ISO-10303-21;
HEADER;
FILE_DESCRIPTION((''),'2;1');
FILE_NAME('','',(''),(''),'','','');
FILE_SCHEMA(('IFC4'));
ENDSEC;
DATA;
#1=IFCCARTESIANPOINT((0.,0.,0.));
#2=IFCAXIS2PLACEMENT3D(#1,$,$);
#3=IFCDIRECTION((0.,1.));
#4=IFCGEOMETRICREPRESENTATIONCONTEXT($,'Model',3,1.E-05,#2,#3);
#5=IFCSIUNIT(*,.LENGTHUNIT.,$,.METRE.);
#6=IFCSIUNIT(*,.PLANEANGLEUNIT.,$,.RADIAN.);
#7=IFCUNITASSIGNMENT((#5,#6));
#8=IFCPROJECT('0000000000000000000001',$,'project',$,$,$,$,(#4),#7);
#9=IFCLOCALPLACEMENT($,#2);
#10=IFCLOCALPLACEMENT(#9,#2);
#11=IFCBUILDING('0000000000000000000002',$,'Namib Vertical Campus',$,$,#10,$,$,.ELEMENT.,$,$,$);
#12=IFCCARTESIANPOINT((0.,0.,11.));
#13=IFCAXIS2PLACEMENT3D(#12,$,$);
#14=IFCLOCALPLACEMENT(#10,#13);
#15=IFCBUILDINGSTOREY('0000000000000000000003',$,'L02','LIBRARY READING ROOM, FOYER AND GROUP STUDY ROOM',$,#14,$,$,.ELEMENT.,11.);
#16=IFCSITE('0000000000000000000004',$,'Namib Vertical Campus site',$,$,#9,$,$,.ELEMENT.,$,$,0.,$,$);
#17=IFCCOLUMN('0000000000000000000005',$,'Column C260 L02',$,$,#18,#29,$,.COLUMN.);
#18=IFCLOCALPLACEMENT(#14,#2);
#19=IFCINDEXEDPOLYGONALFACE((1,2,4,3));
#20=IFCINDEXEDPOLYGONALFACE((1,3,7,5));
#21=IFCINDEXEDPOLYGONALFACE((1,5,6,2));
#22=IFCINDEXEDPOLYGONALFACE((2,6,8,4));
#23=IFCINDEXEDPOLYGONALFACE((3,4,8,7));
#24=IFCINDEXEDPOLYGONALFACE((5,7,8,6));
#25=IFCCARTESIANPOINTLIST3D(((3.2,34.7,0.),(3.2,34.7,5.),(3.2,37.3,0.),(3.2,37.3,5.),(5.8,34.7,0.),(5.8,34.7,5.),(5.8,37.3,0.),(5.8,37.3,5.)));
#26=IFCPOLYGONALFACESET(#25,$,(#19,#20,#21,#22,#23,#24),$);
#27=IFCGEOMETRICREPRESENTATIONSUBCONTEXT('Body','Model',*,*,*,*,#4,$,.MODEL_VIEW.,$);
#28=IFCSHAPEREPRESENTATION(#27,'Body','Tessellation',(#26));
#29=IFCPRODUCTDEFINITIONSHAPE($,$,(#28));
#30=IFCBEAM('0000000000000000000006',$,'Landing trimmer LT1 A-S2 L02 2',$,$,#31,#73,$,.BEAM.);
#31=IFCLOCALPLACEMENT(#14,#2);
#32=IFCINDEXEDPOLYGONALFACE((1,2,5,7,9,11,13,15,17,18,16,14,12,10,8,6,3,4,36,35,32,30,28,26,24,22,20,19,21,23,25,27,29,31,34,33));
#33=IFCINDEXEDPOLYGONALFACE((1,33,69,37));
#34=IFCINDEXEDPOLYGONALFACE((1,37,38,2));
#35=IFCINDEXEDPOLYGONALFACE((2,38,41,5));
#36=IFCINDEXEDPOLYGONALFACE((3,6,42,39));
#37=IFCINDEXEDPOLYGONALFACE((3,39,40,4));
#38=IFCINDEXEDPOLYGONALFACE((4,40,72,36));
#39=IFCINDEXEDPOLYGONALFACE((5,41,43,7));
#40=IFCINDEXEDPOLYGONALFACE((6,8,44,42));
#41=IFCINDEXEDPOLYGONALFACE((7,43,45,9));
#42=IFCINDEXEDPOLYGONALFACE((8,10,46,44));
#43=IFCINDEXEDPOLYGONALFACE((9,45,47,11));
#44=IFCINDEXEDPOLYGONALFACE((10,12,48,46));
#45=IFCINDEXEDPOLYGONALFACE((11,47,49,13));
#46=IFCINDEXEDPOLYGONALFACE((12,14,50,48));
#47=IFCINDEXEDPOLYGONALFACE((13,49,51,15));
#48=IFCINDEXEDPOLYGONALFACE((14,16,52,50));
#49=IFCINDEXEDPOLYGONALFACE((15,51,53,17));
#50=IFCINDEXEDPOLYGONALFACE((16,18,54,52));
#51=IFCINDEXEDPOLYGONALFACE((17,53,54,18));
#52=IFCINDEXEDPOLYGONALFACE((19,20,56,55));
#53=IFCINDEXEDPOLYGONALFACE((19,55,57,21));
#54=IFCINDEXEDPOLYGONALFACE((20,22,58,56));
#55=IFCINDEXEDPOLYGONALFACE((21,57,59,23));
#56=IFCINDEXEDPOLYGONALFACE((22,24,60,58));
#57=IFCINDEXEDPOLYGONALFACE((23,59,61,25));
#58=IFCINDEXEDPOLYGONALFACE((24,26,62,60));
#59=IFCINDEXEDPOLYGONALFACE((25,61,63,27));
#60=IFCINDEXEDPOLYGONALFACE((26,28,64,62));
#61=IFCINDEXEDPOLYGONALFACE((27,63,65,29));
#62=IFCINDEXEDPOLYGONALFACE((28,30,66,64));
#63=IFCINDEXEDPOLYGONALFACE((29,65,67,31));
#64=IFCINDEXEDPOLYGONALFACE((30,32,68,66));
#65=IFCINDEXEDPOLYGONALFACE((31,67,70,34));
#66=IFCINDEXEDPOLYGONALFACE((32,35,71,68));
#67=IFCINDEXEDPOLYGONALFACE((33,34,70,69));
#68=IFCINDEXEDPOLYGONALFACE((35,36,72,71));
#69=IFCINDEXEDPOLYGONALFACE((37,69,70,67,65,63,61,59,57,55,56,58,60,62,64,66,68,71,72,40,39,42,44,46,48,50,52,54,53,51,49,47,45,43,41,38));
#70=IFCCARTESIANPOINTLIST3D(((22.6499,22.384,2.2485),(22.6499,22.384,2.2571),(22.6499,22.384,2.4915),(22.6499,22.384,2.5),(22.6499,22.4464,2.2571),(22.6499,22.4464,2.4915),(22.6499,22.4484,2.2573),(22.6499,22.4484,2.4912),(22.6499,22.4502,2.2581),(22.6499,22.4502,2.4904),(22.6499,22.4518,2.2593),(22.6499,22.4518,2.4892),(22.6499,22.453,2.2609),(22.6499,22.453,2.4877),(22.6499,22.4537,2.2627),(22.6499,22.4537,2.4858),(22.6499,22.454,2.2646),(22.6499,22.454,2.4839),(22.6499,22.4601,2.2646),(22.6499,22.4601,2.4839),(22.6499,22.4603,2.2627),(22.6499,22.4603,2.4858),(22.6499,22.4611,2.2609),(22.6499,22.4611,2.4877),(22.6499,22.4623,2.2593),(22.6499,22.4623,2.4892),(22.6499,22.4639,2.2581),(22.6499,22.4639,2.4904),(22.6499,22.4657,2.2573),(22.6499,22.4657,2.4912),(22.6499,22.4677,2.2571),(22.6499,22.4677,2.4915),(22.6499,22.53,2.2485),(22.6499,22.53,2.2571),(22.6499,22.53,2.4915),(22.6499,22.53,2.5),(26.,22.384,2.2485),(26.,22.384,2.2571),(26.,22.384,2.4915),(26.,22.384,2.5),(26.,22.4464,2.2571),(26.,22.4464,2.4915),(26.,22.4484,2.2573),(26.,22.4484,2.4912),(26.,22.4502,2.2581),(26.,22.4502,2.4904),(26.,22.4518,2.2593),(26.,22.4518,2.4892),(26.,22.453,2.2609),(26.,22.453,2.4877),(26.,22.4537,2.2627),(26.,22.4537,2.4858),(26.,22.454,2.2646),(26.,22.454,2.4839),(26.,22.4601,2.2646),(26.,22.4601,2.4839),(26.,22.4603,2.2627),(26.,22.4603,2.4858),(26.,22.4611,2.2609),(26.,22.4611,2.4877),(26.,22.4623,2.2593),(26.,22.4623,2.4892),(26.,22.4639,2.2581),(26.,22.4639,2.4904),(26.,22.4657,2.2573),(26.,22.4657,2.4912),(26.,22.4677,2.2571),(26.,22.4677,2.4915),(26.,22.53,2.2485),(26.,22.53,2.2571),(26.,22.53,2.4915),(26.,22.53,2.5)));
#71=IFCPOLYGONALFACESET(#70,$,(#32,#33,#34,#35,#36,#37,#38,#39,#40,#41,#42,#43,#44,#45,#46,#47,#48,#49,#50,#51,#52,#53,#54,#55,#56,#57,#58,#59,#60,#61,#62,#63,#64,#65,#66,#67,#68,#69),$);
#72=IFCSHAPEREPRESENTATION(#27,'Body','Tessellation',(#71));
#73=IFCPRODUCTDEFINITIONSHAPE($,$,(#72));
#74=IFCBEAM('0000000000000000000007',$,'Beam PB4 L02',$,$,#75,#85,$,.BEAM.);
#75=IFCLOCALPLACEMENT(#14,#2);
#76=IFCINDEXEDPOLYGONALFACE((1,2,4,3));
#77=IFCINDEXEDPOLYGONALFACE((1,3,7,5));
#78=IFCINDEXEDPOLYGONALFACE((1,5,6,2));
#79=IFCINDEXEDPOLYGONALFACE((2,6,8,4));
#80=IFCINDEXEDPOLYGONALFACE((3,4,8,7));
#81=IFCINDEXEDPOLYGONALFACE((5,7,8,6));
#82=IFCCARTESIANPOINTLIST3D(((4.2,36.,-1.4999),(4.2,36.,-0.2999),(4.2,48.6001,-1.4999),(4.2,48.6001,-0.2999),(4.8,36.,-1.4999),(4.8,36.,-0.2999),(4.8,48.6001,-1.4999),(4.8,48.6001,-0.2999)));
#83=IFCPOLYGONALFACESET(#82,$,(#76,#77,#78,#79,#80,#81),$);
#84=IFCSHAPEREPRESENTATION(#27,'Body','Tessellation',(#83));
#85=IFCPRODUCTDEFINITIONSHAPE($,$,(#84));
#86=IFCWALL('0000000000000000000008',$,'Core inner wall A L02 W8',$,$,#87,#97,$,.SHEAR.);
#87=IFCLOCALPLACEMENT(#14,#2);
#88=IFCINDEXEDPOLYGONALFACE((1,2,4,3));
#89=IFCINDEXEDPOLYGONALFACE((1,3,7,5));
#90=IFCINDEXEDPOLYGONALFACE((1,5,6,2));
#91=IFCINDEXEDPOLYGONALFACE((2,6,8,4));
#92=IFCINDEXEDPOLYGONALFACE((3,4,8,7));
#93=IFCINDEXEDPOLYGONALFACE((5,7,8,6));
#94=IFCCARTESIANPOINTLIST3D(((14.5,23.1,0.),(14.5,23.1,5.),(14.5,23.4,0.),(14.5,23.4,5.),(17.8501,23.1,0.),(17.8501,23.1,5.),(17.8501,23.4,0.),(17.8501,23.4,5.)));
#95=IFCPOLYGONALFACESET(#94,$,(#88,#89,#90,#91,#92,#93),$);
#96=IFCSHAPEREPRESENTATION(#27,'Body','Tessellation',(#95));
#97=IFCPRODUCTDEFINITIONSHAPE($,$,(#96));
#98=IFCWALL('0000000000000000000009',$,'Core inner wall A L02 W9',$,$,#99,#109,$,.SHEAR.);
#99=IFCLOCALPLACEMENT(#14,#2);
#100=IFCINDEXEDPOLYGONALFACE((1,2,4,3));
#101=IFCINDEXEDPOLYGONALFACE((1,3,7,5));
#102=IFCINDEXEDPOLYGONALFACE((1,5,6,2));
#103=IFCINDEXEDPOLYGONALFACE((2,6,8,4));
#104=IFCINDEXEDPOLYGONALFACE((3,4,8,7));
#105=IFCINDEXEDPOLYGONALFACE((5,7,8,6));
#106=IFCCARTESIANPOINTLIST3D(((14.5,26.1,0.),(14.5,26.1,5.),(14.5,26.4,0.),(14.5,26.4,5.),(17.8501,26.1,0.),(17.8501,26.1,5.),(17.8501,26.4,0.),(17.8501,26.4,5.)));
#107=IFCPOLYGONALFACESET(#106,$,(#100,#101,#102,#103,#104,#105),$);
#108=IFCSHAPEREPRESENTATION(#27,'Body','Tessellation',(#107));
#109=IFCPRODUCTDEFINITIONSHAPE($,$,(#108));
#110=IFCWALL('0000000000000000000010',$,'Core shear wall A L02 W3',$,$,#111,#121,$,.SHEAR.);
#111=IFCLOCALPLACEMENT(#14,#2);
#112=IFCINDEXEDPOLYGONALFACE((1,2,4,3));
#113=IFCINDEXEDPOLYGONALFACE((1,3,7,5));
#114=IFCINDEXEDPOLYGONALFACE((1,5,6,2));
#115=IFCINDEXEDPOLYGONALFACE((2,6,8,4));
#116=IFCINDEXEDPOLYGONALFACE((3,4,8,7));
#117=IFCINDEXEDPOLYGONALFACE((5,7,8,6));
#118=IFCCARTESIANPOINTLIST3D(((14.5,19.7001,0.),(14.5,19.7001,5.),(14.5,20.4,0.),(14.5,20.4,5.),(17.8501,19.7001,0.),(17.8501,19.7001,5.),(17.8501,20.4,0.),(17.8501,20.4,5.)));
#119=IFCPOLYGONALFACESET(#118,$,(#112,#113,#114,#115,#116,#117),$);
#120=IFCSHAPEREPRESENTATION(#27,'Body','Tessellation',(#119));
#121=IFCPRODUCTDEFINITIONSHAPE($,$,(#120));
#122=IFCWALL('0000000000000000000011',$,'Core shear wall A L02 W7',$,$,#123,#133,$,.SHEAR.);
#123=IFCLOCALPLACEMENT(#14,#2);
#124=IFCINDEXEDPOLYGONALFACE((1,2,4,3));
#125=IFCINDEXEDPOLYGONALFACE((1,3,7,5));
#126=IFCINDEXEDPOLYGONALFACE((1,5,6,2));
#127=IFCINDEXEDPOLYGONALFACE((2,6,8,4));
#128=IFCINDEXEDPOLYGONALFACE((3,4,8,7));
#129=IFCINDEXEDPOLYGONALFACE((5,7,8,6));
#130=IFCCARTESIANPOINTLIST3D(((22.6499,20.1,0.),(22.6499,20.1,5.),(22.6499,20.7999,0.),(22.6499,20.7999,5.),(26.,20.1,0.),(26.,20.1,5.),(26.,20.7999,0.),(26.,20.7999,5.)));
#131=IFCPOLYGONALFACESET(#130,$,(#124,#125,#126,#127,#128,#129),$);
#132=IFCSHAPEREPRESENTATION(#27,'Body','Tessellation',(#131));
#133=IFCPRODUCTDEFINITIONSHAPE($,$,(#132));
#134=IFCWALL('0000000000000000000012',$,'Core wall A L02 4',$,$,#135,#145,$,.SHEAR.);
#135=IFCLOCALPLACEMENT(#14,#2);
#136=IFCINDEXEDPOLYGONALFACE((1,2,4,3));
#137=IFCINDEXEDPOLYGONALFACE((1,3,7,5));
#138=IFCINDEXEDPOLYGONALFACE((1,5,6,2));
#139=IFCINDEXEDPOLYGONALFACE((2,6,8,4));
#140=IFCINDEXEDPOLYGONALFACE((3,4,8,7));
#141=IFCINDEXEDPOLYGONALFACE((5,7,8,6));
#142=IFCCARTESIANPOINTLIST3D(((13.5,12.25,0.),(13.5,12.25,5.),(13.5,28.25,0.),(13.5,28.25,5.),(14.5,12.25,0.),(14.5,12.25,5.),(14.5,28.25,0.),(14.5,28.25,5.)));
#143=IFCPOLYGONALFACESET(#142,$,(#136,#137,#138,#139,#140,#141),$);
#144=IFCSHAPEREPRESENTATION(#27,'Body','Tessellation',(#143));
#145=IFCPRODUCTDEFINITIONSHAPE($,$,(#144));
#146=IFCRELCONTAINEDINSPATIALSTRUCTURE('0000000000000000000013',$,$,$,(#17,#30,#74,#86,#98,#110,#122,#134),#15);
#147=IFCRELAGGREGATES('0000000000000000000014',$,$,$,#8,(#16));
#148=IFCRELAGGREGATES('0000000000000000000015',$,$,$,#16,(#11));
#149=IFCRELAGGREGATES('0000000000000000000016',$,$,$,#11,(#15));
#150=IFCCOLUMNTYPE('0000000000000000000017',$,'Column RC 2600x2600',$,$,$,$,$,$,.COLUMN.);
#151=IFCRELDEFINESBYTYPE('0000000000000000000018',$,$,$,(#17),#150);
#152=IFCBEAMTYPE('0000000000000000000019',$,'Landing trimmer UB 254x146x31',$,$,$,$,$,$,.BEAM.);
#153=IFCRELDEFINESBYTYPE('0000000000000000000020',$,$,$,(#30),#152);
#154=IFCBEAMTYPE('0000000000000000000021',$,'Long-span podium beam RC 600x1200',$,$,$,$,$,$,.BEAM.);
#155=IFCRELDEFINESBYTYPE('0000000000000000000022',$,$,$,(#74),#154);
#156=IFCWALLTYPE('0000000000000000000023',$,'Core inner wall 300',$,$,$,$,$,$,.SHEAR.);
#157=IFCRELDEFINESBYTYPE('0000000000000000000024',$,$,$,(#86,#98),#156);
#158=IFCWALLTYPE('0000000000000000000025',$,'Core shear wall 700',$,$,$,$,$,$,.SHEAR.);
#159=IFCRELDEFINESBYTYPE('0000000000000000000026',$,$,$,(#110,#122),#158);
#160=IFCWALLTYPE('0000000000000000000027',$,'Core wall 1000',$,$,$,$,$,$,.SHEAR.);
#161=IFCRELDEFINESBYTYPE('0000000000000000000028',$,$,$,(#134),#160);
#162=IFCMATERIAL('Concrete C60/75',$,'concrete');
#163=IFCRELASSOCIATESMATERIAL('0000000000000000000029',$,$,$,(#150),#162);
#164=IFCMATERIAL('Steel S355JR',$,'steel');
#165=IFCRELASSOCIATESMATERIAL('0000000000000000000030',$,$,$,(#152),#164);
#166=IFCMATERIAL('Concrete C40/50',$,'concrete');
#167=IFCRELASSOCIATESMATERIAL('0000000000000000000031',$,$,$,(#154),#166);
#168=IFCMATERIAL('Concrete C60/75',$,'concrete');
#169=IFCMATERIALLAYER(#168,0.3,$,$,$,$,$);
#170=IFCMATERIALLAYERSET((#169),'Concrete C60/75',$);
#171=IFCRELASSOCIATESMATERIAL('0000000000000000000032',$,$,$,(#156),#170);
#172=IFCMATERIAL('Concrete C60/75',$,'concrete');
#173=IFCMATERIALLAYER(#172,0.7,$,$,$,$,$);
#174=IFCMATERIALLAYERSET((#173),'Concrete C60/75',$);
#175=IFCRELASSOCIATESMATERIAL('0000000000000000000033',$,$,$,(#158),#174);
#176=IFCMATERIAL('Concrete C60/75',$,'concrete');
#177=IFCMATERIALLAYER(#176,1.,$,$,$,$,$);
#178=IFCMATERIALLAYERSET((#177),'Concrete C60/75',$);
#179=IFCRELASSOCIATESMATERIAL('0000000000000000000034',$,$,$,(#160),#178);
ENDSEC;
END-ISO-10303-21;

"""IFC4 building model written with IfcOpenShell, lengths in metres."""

from ifc_helpers import new_model, si_unit, direction, frame, frame_2d, origin, origin_2d, place, context, subcontext, project, spatial, rectangle, i_section, extrude, material, layer, layer_set, material_profile, profile_set, type_object, element, save


model = new_model("IFC4")

# Units and contexts
model_context = context("Model", 3, precision=1e-05, world=origin(), true_north=direction((0.0, 1.0)))
body_context = subcontext(model_context, "Body", "Model", "MODEL_VIEW")
ifc_project = project(units=[si_unit("LENGTHUNIT", "METRE"), si_unit("PLANEANGLEUNIT", "RADIAN")], contexts=[model_context])

# Site, building, storey
site_placement = place(None, origin())
site = spatial("IfcSite", under=ifc_project, at=site_placement, Name="Namib Vertical Campus site", CompositionType="ELEMENT", RefElevation=0.0)
building_placement = place(site_placement, origin())
building = spatial("IfcBuilding", under=site, at=building_placement, Name="Namib Vertical Campus", CompositionType="ELEMENT")
storey_placement = place(building_placement, frame((0.0, 0.0, 11.0)))
storey = spatial("IfcBuildingStorey", under=building, at=storey_placement, Name="L02", Description="LIBRARY READING ROOM, FOYER AND GROUP STUDY ROOM", CompositionType="ELEMENT", Elevation=11.0)

# Column
ifc_material_1 = material(Name="Concrete C60/75", Category="concrete")
ifc_material_profile_1 = material_profile(ifc_material_1, rectangle(XDim=2.6001, YDim=2.6001, at=origin_2d()))
ifc_profile_set_1 = profile_set([ifc_material_profile_1], Name="Concrete C60/75")
column_type = type_object("IfcColumnType", Name="Column RC 2600x2600", PredefinedType="COLUMN", material=ifc_profile_set_1)
column_placement = place(storey_placement, frame((4.5, 36.0, 0.0), z_axis=(0.0, 0.0, 1.0), x_axis=(1.0, 0.0, 0.0)))
element("IfcColumn", 1, at=column_placement, inside=storey, type_object=column_type, Name="Column C260 L02", PredefinedType="COLUMN", context=body_context, shape_type="SweptSolid", body=[
    extrude(rectangle(XDim=2.6001, YDim=2.6001, at=origin_2d()), origin(), (0.0, 0.0, 1.0), 5.0),
])

# Beams
ifc_material_2 = material(Name="Steel S355JR", Category="steel")
ifc_material_profile_2 = material_profile(ifc_material_2, i_section(OverallWidth=0.146, OverallDepth=0.2515, WebThickness=0.0061, FlangeThickness=0.0085, FilletRadius=0.0076, at=origin_2d()))
ifc_profile_set_2 = profile_set([ifc_material_profile_2], Name="Steel S355JR")
beam_type_1 = type_object("IfcBeamType", Name="Landing trimmer UB 254x146x31", PredefinedType="BEAM", material=ifc_profile_set_2)
beam_1_placement = place(storey_placement, frame((22.6499, 22.457, 2.3743), z_axis=(1.0, 0.0, 0.0), x_axis=(0.0, 1.0, 0.0)))
element("IfcBeam", 2, at=beam_1_placement, inside=storey, type_object=beam_type_1, Name="Landing trimmer LT1 A-S2 L02 2", PredefinedType="BEAM", context=body_context, shape_type="SweptSolid", body=[
    extrude(i_section(OverallWidth=0.146, OverallDepth=0.2515, WebThickness=0.0061, FlangeThickness=0.0085, FilletRadius=0.0076, at=origin_2d()), origin(), (0.0, 0.0, 1.0), 3.3501),
])
ifc_material_3 = material(Name="Concrete C40/50", Category="concrete")
ifc_material_profile_3 = material_profile(ifc_material_3, rectangle(XDim=0.6001, YDim=1.2, at=origin_2d()))
ifc_profile_set_3 = profile_set([ifc_material_profile_3], Name="Concrete C40/50")
beam_type_2 = type_object("IfcBeamType", Name="Long-span podium beam RC 600x1200", PredefinedType="BEAM", material=ifc_profile_set_3)
beam_2_placement = place(storey_placement, frame((4.5, 36.0, -0.8999), z_axis=(0.0, 1.0, 0.0), x_axis=(-1.0, 0.0, 0.0)))
element("IfcBeam", 3, at=beam_2_placement, inside=storey, type_object=beam_type_2, Name="Beam PB4 L02", PredefinedType="BEAM", context=body_context, shape_type="SweptSolid", body=[
    extrude(rectangle(XDim=0.6001, YDim=1.2, at=origin_2d()), origin(), (0.0, 0.0, 1.0), 12.6001),
])

# Walls
ifc_material_4 = material(Name="Concrete C60/75", Category="concrete")
ifc_layer_1 = layer(ifc_material_4, 0.3)
ifc_layer_set_1 = layer_set([ifc_layer_1], Name="Concrete C60/75")
wall_type_1 = type_object("IfcWallType", Name="Core inner wall 300", PredefinedType="SHEAR", material=ifc_layer_set_1)
for number, where, z_axis, x_axis, name in (
    (4, (14.5, 23.25, 0.0), (0.0, 0.0, 1.0), (1.0, 0.0, 0.0), "Core inner wall A L02 W8"),
    (5, (14.5, 26.25, 0.0), (0.0, 0.0, 1.0), (1.0, 0.0, 0.0), "Core inner wall A L02 W9"),
):
    element("IfcWall", number, at=place(storey_placement, frame(where, z_axis=z_axis, x_axis=x_axis)), inside=storey, type_object=wall_type_1, Name=name, PredefinedType="SHEAR", context=body_context, shape_type="SweptSolid", body=[
        extrude(rectangle(XDim=3.3501, YDim=0.3, at=frame_2d((1.675, 0.0))), origin(), (0.0, 0.0, 1.0), 5.0),
    ])
ifc_material_5 = material(Name="Concrete C60/75", Category="concrete")
ifc_layer_2 = layer(ifc_material_5, 0.7)
ifc_layer_set_2 = layer_set([ifc_layer_2], Name="Concrete C60/75")
wall_type_2 = type_object("IfcWallType", Name="Core shear wall 700", PredefinedType="SHEAR", material=ifc_layer_set_2)
for number, where, z_axis, x_axis, name in (
    (6, (14.5, 20.05, 0.0), (0.0, 0.0, 1.0), (1.0, 0.0, 0.0), "Core shear wall A L02 W3"),
    (7, (22.6499, 20.45, 0.0), (0.0, 0.0, 1.0), (1.0, 0.0, 0.0), "Core shear wall A L02 W7"),
):
    element("IfcWall", number, at=place(storey_placement, frame(where, z_axis=z_axis, x_axis=x_axis)), inside=storey, type_object=wall_type_2, Name=name, PredefinedType="SHEAR", context=body_context, shape_type="SweptSolid", body=[
        extrude(rectangle(XDim=3.3501, YDim=0.7, at=frame_2d((1.675, 0.0))), origin(), (0.0, 0.0, 1.0), 5.0),
    ])
ifc_material_6 = material(Name="Concrete C60/75", Category="concrete")
ifc_layer_3 = layer(ifc_material_6, 1.0)
ifc_layer_set_3 = layer_set([ifc_layer_3], Name="Concrete C60/75")
wall_type_3 = type_object("IfcWallType", Name="Core wall 1000", PredefinedType="SHEAR", material=ifc_layer_set_3)
wall_1_placement = place(storey_placement, frame((14.0, 28.25, 0.0), z_axis=(0.0, 0.0, 1.0), x_axis=(0.0, -1.0, 0.0)))
element("IfcWall", 8, at=wall_1_placement, inside=storey, type_object=wall_type_3, Name="Core wall A L02 4", PredefinedType="SHEAR", context=body_context, shape_type="SweptSolid", body=[
    extrude(rectangle(XDim=16.0, YDim=1.0, at=frame_2d((8.0, 0.0))), origin(), (0.0, 0.0, 1.0), 5.0),
])

save(model, "model.ifc")
